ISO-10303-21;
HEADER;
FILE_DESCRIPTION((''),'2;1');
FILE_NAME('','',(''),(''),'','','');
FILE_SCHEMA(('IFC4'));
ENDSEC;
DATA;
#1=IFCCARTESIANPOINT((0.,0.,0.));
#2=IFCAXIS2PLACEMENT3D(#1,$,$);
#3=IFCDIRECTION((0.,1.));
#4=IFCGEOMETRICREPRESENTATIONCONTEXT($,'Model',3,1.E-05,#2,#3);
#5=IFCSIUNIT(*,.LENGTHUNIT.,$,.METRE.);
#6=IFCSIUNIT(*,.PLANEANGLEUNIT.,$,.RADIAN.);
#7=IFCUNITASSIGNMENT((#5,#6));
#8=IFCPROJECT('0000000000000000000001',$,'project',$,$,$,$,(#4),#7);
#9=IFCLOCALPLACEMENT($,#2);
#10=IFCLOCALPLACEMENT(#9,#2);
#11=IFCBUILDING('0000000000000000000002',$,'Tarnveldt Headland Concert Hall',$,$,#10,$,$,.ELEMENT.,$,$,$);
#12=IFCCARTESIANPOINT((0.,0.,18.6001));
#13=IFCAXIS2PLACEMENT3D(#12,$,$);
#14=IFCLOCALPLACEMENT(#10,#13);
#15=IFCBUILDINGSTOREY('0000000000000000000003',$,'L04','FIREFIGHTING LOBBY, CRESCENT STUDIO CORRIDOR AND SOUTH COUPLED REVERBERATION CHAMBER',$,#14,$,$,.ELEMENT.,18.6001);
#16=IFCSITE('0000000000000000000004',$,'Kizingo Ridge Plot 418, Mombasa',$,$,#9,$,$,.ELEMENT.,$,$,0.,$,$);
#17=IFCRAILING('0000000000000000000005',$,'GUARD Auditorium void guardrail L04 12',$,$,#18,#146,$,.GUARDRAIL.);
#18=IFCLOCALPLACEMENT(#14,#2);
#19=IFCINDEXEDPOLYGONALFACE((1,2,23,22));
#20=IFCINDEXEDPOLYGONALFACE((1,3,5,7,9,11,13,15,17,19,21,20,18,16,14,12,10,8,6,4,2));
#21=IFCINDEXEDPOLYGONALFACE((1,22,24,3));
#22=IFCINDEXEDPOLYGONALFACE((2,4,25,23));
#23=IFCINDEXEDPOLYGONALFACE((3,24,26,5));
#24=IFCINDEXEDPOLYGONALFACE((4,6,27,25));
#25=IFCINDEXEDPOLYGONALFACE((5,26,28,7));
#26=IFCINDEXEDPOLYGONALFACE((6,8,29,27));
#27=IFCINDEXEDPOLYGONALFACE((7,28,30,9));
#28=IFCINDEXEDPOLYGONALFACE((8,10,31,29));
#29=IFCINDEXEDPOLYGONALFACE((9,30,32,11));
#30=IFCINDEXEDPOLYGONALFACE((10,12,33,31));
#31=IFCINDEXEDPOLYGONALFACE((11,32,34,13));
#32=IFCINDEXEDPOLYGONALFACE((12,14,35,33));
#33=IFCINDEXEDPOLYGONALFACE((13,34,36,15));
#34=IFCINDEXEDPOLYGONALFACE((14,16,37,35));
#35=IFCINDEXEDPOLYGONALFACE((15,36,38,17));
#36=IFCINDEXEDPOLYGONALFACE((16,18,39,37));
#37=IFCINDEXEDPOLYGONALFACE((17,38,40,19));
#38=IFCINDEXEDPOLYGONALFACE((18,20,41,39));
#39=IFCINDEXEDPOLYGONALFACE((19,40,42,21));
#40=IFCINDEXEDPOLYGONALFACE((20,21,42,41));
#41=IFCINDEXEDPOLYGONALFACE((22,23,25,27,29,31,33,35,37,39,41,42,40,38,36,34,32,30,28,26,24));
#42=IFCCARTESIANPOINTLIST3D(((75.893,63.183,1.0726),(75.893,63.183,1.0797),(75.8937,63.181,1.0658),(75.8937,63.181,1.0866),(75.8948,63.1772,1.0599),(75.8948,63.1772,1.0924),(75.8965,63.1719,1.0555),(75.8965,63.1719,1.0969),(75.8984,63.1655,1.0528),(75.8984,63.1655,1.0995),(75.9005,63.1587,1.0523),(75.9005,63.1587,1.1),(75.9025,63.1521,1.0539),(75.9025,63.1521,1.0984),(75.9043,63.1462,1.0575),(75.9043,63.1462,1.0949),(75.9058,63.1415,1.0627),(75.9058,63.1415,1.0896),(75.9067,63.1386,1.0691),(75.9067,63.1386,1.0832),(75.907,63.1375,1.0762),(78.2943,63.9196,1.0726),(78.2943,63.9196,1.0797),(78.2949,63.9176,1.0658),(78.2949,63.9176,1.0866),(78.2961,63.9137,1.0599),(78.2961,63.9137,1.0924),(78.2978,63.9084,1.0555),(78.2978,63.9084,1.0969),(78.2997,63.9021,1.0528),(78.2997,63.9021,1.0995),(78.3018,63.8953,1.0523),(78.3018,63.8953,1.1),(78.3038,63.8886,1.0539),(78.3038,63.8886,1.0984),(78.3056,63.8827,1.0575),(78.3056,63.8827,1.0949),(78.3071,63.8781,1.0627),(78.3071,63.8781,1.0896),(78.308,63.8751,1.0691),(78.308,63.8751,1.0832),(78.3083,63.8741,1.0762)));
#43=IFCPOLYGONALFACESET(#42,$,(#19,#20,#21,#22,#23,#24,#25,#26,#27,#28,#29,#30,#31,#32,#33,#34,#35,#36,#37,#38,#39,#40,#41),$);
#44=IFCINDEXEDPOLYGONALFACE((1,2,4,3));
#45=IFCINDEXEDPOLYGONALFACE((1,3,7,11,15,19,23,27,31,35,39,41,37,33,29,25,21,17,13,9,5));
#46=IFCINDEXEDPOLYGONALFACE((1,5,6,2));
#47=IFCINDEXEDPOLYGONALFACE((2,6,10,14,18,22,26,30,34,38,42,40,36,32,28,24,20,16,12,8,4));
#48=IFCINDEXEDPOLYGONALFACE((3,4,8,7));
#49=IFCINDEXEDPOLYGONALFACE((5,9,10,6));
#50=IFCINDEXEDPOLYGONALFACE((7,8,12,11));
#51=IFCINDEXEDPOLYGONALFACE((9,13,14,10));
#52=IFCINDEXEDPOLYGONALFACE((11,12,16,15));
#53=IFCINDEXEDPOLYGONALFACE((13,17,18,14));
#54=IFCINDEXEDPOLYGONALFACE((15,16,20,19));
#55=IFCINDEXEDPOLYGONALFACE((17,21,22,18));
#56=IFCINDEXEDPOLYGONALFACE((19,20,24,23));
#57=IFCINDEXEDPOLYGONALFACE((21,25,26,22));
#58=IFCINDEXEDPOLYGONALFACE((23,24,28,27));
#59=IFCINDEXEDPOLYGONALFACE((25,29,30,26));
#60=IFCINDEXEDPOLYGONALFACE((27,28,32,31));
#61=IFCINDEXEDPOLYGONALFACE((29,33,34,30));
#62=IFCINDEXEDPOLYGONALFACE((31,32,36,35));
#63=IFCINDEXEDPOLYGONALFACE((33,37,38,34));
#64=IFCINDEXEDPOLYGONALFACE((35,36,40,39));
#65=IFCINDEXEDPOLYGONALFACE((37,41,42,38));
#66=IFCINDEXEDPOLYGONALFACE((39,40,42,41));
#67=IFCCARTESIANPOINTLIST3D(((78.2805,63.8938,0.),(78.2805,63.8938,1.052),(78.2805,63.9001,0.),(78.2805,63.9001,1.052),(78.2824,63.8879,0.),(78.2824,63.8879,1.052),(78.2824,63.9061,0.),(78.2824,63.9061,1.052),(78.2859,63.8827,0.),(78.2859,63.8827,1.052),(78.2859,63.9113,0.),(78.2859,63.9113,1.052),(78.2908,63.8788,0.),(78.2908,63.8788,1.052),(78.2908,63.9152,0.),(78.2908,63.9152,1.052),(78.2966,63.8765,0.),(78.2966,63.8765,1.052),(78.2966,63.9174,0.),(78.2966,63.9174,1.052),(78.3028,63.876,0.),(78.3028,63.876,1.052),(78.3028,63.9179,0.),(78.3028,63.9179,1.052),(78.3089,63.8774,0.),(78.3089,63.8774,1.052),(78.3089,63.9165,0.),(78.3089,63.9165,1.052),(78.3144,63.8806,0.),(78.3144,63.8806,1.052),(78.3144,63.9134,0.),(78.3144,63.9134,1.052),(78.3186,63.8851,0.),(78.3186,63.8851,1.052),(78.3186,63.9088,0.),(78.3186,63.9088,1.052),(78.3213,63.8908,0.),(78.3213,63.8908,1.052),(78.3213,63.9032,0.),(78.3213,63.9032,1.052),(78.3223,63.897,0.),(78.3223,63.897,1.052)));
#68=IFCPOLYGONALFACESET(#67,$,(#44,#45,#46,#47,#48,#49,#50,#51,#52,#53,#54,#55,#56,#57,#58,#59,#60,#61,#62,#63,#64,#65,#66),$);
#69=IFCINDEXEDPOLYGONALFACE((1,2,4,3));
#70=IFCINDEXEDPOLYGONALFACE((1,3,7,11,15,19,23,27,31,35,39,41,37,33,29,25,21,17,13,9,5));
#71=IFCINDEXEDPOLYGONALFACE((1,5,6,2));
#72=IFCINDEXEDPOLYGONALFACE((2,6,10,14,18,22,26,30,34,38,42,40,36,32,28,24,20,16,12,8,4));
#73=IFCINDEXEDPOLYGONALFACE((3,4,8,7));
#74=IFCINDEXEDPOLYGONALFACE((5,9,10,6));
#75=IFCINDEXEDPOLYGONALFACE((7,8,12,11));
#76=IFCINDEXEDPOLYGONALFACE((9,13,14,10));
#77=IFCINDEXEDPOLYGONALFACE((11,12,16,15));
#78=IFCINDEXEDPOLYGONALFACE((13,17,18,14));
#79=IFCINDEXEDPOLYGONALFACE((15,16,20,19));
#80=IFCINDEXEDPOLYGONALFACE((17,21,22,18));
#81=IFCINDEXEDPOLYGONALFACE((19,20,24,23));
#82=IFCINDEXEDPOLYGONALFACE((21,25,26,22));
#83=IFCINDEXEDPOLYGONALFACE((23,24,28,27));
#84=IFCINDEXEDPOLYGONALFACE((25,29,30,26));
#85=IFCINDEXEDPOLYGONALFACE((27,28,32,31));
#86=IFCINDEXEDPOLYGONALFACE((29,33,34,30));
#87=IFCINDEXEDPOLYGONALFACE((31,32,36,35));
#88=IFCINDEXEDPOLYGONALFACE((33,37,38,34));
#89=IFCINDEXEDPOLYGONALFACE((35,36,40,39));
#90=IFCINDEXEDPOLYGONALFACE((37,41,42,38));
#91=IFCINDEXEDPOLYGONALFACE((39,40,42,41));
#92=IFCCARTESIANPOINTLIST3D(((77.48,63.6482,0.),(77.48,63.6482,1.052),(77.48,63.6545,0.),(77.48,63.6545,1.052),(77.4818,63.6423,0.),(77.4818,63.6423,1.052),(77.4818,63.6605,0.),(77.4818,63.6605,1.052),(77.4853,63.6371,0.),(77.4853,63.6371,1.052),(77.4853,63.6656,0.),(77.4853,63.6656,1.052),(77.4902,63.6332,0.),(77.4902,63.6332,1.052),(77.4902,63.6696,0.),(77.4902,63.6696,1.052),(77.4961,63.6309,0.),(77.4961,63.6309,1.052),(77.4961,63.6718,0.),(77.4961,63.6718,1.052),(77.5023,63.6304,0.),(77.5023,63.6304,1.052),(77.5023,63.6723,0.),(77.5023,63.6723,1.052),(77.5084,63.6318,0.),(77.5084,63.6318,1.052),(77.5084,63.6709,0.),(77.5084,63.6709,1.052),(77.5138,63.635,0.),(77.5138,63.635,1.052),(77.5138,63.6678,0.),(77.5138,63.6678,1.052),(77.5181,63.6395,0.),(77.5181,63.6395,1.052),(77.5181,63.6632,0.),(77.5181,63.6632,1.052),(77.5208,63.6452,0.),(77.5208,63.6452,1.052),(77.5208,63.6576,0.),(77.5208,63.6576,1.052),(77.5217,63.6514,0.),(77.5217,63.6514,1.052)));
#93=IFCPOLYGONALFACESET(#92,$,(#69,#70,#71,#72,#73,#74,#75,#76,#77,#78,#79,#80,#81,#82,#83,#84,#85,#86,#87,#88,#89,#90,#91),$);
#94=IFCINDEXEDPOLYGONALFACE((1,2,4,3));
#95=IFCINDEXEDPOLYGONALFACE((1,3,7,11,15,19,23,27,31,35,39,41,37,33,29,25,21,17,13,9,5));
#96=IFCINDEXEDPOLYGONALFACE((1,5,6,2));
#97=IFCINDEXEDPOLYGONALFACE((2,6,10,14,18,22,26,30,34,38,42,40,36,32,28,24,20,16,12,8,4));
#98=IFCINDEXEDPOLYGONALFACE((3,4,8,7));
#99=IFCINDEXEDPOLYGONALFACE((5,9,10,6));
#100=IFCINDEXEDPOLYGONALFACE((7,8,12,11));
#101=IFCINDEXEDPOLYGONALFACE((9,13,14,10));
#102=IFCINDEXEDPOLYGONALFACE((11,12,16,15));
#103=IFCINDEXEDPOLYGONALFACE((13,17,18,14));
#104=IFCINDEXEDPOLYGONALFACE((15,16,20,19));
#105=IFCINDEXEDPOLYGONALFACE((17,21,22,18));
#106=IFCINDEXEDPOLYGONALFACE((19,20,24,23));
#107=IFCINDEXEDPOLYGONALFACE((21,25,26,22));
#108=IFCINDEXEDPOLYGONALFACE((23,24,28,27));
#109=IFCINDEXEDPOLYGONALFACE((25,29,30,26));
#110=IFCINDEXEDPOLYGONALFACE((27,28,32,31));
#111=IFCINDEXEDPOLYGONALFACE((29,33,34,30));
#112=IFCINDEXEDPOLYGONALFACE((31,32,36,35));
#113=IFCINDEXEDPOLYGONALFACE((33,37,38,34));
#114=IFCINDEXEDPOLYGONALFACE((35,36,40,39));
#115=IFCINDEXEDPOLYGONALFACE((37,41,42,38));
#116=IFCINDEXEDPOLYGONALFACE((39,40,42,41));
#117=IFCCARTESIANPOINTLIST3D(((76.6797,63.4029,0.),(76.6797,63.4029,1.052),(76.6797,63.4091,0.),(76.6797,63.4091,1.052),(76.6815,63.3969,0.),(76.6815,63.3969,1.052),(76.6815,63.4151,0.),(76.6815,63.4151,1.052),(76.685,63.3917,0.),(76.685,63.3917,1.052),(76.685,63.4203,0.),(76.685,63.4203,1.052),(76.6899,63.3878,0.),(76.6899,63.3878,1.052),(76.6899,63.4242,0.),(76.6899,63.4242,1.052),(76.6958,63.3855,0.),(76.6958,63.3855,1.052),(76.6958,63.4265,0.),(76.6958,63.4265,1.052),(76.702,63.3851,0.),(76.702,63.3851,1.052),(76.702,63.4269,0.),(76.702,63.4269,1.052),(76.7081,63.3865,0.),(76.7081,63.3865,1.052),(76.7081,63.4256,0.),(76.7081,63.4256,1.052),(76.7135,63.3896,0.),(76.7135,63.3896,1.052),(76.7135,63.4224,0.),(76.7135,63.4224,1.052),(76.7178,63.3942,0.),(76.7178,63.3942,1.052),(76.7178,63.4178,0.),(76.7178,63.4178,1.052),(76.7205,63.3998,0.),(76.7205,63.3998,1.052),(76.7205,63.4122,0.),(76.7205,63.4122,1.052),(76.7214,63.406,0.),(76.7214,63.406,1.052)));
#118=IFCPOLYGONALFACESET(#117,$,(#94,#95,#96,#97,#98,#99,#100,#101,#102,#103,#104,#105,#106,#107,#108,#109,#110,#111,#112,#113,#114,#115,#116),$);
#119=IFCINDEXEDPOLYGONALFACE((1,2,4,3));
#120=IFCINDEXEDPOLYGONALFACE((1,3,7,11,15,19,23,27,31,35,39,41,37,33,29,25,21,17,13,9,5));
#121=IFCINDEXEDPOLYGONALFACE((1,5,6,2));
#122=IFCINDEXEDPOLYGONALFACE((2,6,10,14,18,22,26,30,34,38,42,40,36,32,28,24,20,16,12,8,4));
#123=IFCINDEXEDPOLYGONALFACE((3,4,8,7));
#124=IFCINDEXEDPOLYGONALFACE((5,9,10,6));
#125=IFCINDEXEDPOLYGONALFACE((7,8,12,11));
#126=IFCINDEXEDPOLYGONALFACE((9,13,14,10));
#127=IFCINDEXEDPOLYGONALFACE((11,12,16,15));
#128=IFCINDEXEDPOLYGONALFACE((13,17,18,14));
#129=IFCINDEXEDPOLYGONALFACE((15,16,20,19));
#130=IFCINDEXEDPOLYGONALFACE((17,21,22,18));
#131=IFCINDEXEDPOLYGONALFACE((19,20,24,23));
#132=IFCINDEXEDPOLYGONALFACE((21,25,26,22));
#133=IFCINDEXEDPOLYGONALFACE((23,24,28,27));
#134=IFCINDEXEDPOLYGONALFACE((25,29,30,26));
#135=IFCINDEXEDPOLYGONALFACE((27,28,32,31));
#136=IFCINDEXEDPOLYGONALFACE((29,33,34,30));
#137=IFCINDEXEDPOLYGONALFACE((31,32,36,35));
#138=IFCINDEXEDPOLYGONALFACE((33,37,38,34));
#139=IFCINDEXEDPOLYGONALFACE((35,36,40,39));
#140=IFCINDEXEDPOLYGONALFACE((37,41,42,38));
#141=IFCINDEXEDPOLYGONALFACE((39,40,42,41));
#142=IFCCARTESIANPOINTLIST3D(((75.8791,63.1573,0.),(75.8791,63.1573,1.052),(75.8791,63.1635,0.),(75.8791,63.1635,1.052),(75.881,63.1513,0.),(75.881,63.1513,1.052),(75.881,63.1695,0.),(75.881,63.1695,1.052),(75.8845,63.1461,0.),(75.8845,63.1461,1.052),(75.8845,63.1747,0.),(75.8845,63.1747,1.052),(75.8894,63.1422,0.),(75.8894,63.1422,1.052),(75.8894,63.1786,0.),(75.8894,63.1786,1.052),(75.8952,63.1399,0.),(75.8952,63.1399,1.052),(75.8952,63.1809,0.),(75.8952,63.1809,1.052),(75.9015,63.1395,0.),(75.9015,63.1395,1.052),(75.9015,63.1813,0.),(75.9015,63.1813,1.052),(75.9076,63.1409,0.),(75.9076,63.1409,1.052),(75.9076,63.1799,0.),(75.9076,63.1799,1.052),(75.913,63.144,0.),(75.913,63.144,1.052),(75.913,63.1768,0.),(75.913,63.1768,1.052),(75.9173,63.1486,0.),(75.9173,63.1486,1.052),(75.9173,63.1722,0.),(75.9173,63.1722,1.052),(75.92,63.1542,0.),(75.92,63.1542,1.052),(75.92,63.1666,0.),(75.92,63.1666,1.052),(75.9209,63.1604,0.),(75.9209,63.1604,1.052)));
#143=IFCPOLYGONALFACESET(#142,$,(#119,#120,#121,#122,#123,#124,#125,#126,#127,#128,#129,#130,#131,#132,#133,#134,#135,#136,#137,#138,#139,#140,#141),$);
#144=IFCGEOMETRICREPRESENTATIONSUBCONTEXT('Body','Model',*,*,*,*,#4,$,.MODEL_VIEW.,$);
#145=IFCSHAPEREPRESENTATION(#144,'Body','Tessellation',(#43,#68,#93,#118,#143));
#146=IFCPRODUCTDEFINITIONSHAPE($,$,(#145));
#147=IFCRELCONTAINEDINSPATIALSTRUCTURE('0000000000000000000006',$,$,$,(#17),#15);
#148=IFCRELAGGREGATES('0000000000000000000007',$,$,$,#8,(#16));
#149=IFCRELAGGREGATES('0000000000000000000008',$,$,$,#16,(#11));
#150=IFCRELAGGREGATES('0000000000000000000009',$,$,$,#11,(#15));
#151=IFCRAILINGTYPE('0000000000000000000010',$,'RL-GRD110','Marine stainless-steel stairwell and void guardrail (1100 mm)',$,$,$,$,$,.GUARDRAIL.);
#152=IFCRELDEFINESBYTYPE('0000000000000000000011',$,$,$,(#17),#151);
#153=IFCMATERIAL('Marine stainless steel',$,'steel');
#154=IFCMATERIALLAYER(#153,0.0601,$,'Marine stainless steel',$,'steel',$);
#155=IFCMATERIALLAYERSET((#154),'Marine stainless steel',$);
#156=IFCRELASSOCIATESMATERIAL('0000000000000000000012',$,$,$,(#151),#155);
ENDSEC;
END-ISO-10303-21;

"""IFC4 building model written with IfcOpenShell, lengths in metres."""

from ifc_helpers import new_model, si_unit, direction, frame, origin, origin_2d, place, context, subcontext, project, spatial, circle, extrude, material, layer, layer_set, type_object, element, save


model = new_model("IFC4")

# Units and contexts
model_context = context("Model", 3, precision=1e-05, world=origin(), true_north=direction((0.0, 1.0)))
body_context = subcontext(model_context, "Body", "Model", "MODEL_VIEW")
ifc_project = project(units=[si_unit("LENGTHUNIT", "METRE"), si_unit("PLANEANGLEUNIT", "RADIAN")], contexts=[model_context])

# Site, building, storey
site_placement = place(None, origin())
site = spatial("IfcSite", under=ifc_project, at=site_placement, Name="Kizingo Ridge Plot 418, Mombasa", CompositionType="ELEMENT", RefElevation=0.0)
building_placement = place(site_placement, origin())
building = spatial("IfcBuilding", under=site, at=building_placement, Name="Tarnveldt Headland Concert Hall", CompositionType="ELEMENT")
storey_placement = place(building_placement, frame((0.0, 0.0, 18.6001)))
storey = spatial("IfcBuildingStorey", under=building, at=storey_placement, Name="L04", Description="FIREFIGHTING LOBBY, CRESCENT STUDIO CORRIDOR AND SOUTH COUPLED REVERBERATION CHAMBER", CompositionType="ELEMENT", Elevation=18.6001)

# Railing
ifc_material_1 = material(Name="Marine stainless steel", Category="steel")
ifc_layer_1 = layer(ifc_material_1, 0.0601, Name="Marine stainless steel", Category="steel")
ifc_layer_set_1 = layer_set([ifc_layer_1], Name="Marine stainless steel")
railing_type = type_object("IfcRailingType", Name="RL-GRD110", Description="Marine stainless-steel stairwell and void guardrail (1100 mm)", PredefinedType="GUARDRAIL", material=ifc_layer_set_1)
railing_1_placement = place(storey_placement, frame((78.3013, 63.897, 0.0)))
element("IfcRailing", 1, at=railing_1_placement, inside=storey, type_object=railing_type, Name="GUARD Auditorium void guardrail L04 12", PredefinedType="GUARDRAIL", context=body_context, shape_type="SweptSolid", body=[
    extrude(circle(Radius=0.0239, at=origin_2d()), frame((0.0, 0.0, 1.0762), z_axis=(-0.956037, -0.293246, 0.0), x_axis=(0.293246, -0.956037, 0.0)), (0.0, 0.0, 1.0), 2.5117),
    extrude(circle(Radius=0.021, at=origin_2d()), origin(), (0.0, 0.0, 1.0), 1.052),
    extrude(circle(Radius=0.021, at=origin_2d()), frame((-0.8005, -0.2456, 0.0)), (0.0, 0.0, 1.0), 1.052),
    extrude(circle(Radius=0.021, at=origin_2d()), frame((-1.6008, -0.491, 0.0)), (0.0, 0.0, 1.0), 1.052),
    extrude(circle(Radius=0.021, at=origin_2d()), frame((-2.4014, -0.7366, 0.0)), (0.0, 0.0, 1.0), 1.052),
])

save(model, "model.ifc")
